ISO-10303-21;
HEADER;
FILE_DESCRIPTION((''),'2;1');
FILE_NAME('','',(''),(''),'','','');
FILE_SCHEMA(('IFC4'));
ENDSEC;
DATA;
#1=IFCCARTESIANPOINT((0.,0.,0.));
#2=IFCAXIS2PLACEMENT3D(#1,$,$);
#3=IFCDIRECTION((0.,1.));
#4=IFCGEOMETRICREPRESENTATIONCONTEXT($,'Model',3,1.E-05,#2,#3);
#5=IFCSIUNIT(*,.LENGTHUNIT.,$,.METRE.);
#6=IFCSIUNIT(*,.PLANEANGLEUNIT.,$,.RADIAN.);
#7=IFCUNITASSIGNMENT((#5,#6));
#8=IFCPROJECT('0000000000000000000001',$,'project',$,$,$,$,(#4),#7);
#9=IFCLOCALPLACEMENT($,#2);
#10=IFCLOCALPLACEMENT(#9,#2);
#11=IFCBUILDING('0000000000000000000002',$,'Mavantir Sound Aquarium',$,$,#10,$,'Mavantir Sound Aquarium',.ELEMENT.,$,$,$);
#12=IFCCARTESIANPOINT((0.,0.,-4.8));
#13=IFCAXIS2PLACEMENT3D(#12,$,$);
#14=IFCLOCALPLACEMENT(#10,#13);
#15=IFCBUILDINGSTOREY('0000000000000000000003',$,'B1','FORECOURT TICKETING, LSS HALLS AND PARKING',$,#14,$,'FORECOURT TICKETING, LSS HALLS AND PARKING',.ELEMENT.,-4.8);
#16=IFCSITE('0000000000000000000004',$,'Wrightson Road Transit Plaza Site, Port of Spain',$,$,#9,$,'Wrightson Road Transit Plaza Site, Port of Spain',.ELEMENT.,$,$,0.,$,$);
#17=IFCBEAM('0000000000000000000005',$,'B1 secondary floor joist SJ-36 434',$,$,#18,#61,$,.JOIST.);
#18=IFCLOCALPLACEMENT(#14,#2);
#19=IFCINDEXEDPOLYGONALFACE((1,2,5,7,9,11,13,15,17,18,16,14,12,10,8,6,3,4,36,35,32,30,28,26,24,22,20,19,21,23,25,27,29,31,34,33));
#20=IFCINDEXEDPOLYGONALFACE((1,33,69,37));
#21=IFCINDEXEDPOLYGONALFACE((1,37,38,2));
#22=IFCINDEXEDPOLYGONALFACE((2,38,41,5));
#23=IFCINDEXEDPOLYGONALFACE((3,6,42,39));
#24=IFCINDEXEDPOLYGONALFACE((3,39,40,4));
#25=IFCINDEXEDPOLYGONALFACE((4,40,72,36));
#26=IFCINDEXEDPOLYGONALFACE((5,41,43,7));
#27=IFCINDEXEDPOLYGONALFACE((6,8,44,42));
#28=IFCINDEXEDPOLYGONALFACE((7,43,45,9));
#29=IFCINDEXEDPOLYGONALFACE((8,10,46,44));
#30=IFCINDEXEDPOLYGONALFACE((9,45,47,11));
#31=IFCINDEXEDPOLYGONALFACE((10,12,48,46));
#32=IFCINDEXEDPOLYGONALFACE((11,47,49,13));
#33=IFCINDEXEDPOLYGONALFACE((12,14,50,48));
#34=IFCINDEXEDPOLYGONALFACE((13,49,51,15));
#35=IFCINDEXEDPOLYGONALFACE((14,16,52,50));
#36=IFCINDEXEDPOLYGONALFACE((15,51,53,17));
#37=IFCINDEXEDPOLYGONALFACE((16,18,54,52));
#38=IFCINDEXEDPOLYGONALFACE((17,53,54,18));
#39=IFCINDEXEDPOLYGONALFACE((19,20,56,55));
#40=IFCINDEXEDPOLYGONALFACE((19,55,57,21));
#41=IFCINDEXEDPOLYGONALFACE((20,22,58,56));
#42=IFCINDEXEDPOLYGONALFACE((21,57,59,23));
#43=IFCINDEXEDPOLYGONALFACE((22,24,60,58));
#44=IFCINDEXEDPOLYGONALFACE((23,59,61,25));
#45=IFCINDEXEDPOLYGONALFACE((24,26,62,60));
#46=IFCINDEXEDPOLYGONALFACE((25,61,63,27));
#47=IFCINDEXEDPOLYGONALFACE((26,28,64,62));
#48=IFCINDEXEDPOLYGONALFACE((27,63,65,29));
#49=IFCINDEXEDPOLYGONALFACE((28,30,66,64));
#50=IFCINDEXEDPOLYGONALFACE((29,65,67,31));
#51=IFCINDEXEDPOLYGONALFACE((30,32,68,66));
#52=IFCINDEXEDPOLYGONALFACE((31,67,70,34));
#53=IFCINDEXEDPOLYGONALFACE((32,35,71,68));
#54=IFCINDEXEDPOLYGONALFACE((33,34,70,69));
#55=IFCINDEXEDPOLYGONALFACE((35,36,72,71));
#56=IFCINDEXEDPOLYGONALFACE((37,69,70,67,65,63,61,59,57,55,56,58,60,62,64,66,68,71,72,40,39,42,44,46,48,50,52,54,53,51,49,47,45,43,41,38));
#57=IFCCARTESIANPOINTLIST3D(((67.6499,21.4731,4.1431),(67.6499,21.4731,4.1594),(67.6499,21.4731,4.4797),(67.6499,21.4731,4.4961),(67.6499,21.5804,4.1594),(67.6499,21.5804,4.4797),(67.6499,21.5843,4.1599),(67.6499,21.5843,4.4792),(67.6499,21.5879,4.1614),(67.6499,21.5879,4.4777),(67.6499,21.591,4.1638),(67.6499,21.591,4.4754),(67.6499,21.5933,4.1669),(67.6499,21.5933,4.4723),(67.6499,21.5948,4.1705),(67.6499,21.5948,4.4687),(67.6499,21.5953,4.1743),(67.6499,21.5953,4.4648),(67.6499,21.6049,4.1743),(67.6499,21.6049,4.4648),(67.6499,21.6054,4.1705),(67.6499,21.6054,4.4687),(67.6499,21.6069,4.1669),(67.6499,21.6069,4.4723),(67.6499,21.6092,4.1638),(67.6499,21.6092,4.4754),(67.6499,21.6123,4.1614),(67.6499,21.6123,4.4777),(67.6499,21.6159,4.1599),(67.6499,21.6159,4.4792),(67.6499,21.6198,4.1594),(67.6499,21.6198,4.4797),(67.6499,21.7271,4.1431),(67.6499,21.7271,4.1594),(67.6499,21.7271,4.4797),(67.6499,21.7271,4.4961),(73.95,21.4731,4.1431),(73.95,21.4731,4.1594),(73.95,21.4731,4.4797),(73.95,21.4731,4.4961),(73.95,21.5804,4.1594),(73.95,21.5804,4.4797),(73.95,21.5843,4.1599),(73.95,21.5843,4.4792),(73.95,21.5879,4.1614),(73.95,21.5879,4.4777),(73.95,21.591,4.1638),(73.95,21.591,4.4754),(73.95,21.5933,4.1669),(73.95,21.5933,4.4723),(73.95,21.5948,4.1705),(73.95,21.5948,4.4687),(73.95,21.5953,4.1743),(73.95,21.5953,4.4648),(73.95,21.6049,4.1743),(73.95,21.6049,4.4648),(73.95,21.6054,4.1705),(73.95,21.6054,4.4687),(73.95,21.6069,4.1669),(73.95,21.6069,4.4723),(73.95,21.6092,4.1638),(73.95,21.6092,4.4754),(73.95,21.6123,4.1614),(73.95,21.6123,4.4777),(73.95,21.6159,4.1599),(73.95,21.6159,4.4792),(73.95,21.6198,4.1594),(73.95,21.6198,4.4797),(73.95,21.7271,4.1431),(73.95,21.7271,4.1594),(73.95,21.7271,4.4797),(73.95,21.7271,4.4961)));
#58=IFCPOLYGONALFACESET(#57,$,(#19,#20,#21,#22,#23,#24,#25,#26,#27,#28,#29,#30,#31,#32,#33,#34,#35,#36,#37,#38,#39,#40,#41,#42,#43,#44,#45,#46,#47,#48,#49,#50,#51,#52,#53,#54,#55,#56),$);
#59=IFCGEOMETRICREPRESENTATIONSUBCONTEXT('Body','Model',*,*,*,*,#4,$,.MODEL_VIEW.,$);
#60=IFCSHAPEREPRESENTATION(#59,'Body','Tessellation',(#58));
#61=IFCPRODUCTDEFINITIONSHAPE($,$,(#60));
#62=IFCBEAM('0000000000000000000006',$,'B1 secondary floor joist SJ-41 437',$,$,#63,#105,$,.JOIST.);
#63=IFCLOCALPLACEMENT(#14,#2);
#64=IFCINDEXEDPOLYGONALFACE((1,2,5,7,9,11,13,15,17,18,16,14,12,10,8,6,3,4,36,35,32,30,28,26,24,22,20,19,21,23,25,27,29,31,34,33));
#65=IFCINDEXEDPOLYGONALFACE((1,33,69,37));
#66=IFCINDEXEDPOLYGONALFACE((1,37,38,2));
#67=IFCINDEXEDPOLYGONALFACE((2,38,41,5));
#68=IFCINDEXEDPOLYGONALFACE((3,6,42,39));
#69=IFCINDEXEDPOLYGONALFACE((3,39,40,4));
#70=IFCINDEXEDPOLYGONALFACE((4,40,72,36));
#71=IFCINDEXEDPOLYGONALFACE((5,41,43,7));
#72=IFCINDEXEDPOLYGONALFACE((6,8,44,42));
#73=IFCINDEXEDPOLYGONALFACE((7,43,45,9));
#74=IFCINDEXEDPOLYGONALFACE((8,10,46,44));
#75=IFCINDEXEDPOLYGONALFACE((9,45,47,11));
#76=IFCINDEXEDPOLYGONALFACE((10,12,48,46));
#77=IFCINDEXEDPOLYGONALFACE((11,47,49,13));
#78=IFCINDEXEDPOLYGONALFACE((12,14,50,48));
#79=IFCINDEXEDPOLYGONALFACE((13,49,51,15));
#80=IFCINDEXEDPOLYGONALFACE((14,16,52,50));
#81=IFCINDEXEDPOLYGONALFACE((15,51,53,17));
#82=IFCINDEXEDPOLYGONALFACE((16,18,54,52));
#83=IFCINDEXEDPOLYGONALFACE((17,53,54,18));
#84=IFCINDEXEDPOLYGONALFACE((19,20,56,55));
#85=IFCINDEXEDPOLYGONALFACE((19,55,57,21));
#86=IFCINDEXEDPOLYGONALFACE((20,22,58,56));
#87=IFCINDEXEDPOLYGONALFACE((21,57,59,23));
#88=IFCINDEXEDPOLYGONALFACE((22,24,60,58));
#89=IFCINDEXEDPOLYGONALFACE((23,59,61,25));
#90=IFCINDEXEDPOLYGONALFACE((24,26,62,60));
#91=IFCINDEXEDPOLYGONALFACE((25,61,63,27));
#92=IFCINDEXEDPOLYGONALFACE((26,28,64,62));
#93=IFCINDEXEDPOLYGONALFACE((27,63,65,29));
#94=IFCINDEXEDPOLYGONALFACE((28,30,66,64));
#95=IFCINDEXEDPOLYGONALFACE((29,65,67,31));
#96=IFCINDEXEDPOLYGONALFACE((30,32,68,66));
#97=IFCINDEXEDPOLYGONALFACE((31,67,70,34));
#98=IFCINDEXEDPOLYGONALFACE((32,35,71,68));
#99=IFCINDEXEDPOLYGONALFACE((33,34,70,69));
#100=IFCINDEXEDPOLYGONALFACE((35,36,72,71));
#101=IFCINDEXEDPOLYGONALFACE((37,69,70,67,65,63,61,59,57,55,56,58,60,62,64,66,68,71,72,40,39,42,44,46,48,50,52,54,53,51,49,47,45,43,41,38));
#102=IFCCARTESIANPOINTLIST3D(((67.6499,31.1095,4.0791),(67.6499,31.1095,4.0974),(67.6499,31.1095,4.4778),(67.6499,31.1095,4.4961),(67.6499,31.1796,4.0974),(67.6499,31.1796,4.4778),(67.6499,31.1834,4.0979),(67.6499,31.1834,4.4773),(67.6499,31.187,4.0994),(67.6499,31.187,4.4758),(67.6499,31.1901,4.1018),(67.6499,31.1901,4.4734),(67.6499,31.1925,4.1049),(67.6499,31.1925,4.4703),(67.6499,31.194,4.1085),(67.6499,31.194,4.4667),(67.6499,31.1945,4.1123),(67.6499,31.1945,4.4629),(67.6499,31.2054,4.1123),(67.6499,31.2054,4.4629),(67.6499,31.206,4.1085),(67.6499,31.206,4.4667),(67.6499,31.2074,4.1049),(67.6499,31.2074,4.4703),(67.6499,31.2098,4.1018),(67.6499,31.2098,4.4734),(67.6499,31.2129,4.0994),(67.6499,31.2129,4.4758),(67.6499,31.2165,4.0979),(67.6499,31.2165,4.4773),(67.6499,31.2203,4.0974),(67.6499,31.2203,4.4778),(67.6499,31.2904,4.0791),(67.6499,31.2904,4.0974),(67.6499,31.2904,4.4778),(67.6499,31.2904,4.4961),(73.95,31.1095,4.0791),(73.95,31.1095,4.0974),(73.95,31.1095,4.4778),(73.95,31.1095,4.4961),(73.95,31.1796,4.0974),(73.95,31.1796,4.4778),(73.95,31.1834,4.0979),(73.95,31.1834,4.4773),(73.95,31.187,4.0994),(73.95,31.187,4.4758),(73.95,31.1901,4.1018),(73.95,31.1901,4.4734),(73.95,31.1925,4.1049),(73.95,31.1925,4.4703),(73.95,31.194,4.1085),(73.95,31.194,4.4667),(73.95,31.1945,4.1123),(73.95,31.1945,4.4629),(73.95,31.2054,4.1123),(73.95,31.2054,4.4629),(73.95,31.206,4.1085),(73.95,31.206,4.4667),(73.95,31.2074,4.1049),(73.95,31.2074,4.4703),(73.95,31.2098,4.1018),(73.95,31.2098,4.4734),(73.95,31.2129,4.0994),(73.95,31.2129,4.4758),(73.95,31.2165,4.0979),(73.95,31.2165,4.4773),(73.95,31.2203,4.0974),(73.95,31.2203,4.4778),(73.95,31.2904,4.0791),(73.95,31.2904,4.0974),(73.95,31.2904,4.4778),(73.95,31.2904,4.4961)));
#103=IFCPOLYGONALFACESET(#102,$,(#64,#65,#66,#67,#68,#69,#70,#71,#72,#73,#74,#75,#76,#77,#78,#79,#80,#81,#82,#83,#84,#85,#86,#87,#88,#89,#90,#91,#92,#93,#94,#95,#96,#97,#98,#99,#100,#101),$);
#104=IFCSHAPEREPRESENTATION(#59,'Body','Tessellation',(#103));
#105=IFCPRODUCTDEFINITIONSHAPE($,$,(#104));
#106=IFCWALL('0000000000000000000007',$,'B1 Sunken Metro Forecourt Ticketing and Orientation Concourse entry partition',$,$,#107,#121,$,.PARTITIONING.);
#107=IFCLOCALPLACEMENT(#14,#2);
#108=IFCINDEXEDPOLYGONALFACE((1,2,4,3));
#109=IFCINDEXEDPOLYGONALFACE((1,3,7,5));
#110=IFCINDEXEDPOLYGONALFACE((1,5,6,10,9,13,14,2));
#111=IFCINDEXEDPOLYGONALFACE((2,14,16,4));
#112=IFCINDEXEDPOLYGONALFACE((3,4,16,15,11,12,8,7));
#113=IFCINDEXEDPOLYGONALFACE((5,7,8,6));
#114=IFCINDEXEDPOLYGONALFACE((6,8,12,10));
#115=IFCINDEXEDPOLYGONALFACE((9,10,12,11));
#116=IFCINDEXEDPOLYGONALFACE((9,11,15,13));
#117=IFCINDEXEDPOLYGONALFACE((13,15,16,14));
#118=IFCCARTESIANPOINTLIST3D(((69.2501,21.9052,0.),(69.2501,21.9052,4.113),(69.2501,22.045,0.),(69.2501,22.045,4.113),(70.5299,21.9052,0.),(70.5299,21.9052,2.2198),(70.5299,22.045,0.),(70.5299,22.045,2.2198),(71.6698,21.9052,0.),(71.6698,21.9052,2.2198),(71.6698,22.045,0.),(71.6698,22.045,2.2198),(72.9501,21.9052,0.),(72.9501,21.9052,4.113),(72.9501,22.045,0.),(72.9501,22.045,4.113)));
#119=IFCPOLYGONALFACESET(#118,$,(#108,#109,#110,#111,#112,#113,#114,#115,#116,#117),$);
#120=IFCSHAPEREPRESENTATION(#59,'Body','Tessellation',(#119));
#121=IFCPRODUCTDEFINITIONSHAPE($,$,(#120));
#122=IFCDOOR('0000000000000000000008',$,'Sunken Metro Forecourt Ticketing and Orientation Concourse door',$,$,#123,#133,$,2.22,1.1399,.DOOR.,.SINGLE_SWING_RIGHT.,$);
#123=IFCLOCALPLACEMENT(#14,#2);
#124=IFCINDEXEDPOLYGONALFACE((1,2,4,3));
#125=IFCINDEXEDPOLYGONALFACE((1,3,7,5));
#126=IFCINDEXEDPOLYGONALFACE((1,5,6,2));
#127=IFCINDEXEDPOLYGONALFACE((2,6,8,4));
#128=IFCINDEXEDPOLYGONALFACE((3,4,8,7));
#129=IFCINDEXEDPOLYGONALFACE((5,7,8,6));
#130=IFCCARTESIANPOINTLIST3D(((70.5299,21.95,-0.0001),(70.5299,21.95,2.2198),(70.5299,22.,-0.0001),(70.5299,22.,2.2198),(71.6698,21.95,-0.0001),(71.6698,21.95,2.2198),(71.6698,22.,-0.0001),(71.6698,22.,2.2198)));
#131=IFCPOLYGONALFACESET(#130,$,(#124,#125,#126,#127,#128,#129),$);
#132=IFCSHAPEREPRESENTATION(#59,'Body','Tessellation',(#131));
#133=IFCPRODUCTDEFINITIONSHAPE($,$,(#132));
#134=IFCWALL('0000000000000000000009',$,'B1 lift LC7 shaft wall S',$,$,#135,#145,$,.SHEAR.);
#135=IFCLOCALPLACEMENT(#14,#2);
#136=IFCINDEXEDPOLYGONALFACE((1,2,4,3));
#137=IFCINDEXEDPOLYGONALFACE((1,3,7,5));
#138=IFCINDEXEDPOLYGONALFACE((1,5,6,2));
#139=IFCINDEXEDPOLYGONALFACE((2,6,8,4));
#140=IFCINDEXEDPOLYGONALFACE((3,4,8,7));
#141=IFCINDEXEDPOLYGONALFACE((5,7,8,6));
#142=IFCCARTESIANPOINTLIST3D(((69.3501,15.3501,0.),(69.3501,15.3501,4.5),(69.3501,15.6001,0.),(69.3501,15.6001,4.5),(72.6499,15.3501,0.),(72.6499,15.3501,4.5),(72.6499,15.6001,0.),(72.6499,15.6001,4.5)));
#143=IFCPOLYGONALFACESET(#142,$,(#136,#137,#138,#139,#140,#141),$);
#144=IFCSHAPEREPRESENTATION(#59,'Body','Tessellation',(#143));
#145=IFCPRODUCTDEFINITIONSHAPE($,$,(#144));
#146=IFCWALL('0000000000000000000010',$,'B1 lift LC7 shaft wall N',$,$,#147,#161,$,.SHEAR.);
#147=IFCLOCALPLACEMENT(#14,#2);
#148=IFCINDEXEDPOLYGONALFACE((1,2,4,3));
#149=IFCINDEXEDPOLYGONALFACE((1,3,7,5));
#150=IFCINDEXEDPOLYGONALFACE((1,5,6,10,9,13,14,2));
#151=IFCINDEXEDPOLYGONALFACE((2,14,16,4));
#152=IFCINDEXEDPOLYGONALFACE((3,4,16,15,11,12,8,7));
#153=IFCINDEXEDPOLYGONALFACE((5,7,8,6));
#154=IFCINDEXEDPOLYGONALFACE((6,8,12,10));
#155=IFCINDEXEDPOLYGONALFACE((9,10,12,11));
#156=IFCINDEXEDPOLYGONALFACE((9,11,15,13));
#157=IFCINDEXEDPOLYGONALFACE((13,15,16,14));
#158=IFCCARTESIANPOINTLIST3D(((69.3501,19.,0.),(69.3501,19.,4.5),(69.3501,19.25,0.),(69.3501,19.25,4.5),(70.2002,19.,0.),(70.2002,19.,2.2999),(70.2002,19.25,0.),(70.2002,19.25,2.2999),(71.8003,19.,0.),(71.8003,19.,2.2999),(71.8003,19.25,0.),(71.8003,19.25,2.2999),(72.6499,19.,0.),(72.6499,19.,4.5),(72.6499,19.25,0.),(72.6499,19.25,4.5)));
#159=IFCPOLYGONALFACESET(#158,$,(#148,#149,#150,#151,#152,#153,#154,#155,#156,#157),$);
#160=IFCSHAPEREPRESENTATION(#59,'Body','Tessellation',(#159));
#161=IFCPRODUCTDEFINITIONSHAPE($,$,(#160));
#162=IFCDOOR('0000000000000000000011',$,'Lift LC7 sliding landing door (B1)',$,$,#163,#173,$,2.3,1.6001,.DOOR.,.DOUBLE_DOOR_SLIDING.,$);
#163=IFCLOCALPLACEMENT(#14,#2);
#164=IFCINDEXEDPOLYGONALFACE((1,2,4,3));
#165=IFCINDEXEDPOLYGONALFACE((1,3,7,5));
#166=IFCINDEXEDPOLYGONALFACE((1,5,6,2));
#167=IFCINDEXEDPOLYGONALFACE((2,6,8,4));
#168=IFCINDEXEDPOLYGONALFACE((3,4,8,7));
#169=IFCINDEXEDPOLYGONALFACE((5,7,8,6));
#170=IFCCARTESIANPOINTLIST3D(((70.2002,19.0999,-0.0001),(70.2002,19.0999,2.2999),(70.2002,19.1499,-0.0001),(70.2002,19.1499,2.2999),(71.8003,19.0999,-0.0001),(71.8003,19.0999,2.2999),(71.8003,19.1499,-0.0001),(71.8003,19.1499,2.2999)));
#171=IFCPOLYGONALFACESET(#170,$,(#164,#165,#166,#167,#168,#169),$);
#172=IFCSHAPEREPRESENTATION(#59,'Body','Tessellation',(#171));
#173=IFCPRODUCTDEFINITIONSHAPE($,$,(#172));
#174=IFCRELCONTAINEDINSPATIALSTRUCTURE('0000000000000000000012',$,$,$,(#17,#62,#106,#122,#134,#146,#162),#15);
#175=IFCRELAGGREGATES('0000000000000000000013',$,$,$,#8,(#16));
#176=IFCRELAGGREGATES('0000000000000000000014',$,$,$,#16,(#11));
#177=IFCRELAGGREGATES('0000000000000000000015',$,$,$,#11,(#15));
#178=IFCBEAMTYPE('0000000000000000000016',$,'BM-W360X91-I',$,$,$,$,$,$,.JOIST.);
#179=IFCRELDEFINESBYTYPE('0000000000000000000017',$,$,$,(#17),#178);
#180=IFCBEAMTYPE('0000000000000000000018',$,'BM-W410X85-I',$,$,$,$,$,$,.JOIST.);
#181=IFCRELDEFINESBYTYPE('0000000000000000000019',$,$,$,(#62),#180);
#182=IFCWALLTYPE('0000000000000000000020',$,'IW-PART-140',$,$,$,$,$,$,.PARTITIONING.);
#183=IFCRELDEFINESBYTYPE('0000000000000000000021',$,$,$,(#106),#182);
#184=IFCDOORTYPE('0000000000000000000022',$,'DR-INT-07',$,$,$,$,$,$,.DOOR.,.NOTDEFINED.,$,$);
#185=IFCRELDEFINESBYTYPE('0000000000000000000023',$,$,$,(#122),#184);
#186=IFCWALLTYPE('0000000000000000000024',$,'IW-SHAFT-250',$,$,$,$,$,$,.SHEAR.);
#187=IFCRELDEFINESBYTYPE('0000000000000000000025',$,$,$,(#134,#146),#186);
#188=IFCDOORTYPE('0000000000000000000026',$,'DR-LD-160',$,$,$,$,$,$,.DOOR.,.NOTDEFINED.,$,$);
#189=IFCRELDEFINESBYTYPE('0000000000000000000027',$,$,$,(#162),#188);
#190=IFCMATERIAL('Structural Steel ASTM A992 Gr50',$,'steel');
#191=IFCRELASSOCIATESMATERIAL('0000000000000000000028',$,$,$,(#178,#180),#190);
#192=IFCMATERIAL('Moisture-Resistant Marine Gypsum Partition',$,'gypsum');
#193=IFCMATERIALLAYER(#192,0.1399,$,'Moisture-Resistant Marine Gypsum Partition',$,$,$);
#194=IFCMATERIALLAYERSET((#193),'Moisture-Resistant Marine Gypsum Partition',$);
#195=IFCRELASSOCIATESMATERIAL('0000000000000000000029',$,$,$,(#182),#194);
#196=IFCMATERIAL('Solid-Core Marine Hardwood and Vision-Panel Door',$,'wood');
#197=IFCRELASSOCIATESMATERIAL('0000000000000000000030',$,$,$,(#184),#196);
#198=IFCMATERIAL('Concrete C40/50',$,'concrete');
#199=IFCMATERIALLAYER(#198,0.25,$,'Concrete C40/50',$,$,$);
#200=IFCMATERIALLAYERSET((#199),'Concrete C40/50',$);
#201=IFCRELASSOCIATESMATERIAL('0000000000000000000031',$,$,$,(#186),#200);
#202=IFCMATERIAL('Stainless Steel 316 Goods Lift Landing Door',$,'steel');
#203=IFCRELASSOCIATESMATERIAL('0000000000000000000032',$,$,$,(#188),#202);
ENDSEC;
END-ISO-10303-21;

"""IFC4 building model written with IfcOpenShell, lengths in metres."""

from ifc_helpers import new_model, si_unit, direction, frame, frame_2d, origin, origin_2d, place, context, subcontext, project, spatial, rectangle, i_section, extrude, material, layer, layer_set, material_profile, profile_set, type_object, element, fill, save


model = new_model("IFC4")

# Units and contexts
model_context = context("Model", 3, precision=1e-05, world=origin(), true_north=direction((0.0, 1.0)))
body_context = subcontext(model_context, "Body", "Model", "MODEL_VIEW")
ifc_project = project(units=[si_unit("LENGTHUNIT", "METRE"), si_unit("PLANEANGLEUNIT", "RADIAN")], contexts=[model_context])

# Site, building, storey
site_placement = place(None, origin())
site = spatial("IfcSite", under=ifc_project, at=site_placement, Name="Wrightson Road Transit Plaza Site, Port of Spain", LongName="Wrightson Road Transit Plaza Site, Port of Spain", CompositionType="ELEMENT", RefElevation=0.0)
building_placement = place(site_placement, origin())
building = spatial("IfcBuilding", under=site, at=building_placement, Name="Mavantir Sound Aquarium", LongName="Mavantir Sound Aquarium", CompositionType="ELEMENT")
storey_placement = place(building_placement, frame((0.0, 0.0, -4.8)))
storey = spatial("IfcBuildingStorey", under=building, at=storey_placement, Name="B1", Description="FORECOURT TICKETING, LSS HALLS AND PARKING", LongName="FORECOURT TICKETING, LSS HALLS AND PARKING", CompositionType="ELEMENT", Elevation=-4.8)

# Shared definitions
ifc_material_1 = material(Name="Concrete C40/50", Category="concrete")

# Beams
ifc_material_2 = material(Name="Structural Steel ASTM A992 Gr50", Category="steel")
ifc_material_profile_1 = material_profile(ifc_material_2, i_section(OverallWidth=0.2539, OverallDepth=0.353, WebThickness=0.0095, FlangeThickness=0.0164, FilletRadius=0.0149, at=origin_2d()), Name="W360X91")
ifc_profile_set_1 = profile_set([ifc_material_profile_1], Name="Structural Steel ASTM A992 Gr50")
beam_type_1 = type_object("IfcBeamType", Name="BM-W360X91-I", PredefinedType="JOIST", material=ifc_profile_set_1)
beam_1_placement = place(storey_placement, frame((67.6499, 21.6001, 4.3196), z_axis=(1.0, 0.0, 0.0), x_axis=(0.0, 1.0, 0.0)))
element("IfcBeam", 1, at=beam_1_placement, inside=storey, type_object=beam_type_1, Name="B1 secondary floor joist SJ-36 434", PredefinedType="JOIST", context=body_context, shape_type="SweptSolid", body=[
    extrude(i_section(OverallWidth=0.2539, OverallDepth=0.353, WebThickness=0.0095, FlangeThickness=0.0164, FilletRadius=0.0149, at=origin_2d()), origin(), (0.0, 0.0, 1.0), 6.3),
])
ifc_material_profile_2 = material_profile(ifc_material_2, i_section(OverallWidth=0.1809, OverallDepth=0.417, WebThickness=0.011, FlangeThickness=0.0183, FilletRadius=0.0149, at=origin_2d()), Name="W410X85")
ifc_profile_set_2 = profile_set([ifc_material_profile_2], Name="Structural Steel ASTM A992 Gr50")
beam_type_2 = type_object("IfcBeamType", Name="BM-W410X85-I", PredefinedType="JOIST", material=ifc_profile_set_2)
beam_2_placement = place(storey_placement, frame((67.6499, 31.2, 4.2876), z_axis=(1.0, 0.0, 0.0), x_axis=(0.0, 1.0, 0.0)))
element("IfcBeam", 2, at=beam_2_placement, inside=storey, type_object=beam_type_2, Name="B1 secondary floor joist SJ-41 437", PredefinedType="JOIST", context=body_context, shape_type="SweptSolid", body=[
    extrude(i_section(OverallWidth=0.1809, OverallDepth=0.417, WebThickness=0.011, FlangeThickness=0.0183, FilletRadius=0.0149, at=origin_2d()), origin(), (0.0, 0.0, 1.0), 6.3),
])

# Wall, opening, door
ifc_material_3 = material(Name="Moisture-Resistant Marine Gypsum Partition", Category="gypsum")
ifc_layer_1 = layer(ifc_material_3, 0.1399, Name="Moisture-Resistant Marine Gypsum Partition")
ifc_layer_set_1 = layer_set([ifc_layer_1], Name="Moisture-Resistant Marine Gypsum Partition")
wall_type_1 = type_object("IfcWallType", Name="IW-PART-140", PredefinedType="PARTITIONING", material=ifc_layer_set_1)
wall_1_placement = place(storey_placement, frame((69.25, 21.9751, 0.0), z_axis=(0.0, 0.0, 1.0), x_axis=(1.0, 0.0, 0.0)))
wall_1 = element("IfcWall", 3, at=wall_1_placement, inside=storey, type_object=wall_type_1, Name="B1 Sunken Metro Forecourt Ticketing and Orientation Concourse entry partition", PredefinedType="PARTITIONING", context=body_context, shape_type="SweptSolid", body=[
    extrude(rectangle(XDim=3.7, YDim=0.1399, at=frame_2d((1.8501, 0.0))), origin(), (0.0, 0.0, 1.0), 4.113),
])
opening_1_placement = place(wall_1_placement, frame((1.28, 0.0, 0.0)))
opening_1 = element("IfcOpeningElement", 4, at=opening_1_placement, cuts=wall_1, PredefinedType="OPENING", context=body_context, shape_type="SweptSolid", body=[
    extrude(rectangle(XDim=1.1399, YDim=2.22, at=frame_2d((0.5698, 1.1099))), frame((0.0, 0.0801, 0.0), z_axis=(0.0, -1.0, 0.0), x_axis=(1.0, 0.0, 0.0)), (0.0, 0.0, 1.0), 0.1599),
])
ifc_material_4 = material(Name="Solid-Core Marine Hardwood and Vision-Panel Door", Category="wood")
door_type_1 = type_object("IfcDoorType", Name="DR-INT-07", OperationType="NOTDEFINED", PredefinedType="DOOR", material=ifc_material_4)
door_1_placement = place(opening_1_placement, origin())
door_1 = element("IfcDoor", 5, at=door_1_placement, inside=storey, type_object=door_type_1, Name="Sunken Metro Forecourt Ticketing and Orientation Concourse door", OperationType="SINGLE_SWING_RIGHT", OverallHeight=2.22, OverallWidth=1.1399, PredefinedType="DOOR", context=body_context, shape_type="SweptSolid", body=[
    extrude(rectangle(XDim=1.1399, YDim=2.22, at=frame_2d((0.5698, 1.1099))), frame((0.0, 0.0249, 0.0), z_axis=(0.0, -1.0, 0.0), x_axis=(1.0, 0.0, 0.0)), (0.0, 0.0, 1.0), 0.05),
])
fill(opening_1, door_1)

# Wall
ifc_layer_2 = layer(ifc_material_1, 0.25, Name="Concrete C40/50")
ifc_layer_set_2 = layer_set([ifc_layer_2], Name="Concrete C40/50")
wall_type_2 = type_object("IfcWallType", Name="IW-SHAFT-250", PredefinedType="SHEAR", material=ifc_layer_set_2)
wall_2_placement = place(storey_placement, frame((69.3501, 15.4751, 0.0), z_axis=(0.0, 0.0, 1.0), x_axis=(1.0, 0.0, 0.0)))
element("IfcWall", 6, at=wall_2_placement, inside=storey, type_object=wall_type_2, Name="B1 lift LC7 shaft wall S", PredefinedType="SHEAR", context=body_context, shape_type="SweptSolid", body=[
    extrude(rectangle(XDim=3.2998, YDim=0.25, at=frame_2d((1.6499, 0.0))), origin(), (0.0, 0.0, 1.0), 4.5),
])

# Wall, opening, door
wall_3_placement = place(storey_placement, frame((69.3501, 19.125, 0.0), z_axis=(0.0, 0.0, 1.0), x_axis=(1.0, 0.0, 0.0)))
wall_3 = element("IfcWall", 7, at=wall_3_placement, inside=storey, type_object=wall_type_2, Name="B1 lift LC7 shaft wall N", PredefinedType="SHEAR", context=body_context, shape_type="SweptSolid", body=[
    extrude(rectangle(XDim=3.2998, YDim=0.25, at=frame_2d((1.6499, 0.0))), origin(), (0.0, 0.0, 1.0), 4.5),
])
opening_2_placement = place(wall_3_placement, frame((0.8501, 0.0, 0.0)))
opening_2 = element("IfcOpeningElement", 8, at=opening_2_placement, cuts=wall_3, PredefinedType="OPENING", context=body_context, shape_type="SweptSolid", body=[
    extrude(rectangle(XDim=1.6001, YDim=2.3, at=frame_2d((0.8, 1.1499))), frame((0.0, 0.135, 0.0), z_axis=(0.0, -1.0, 0.0), x_axis=(1.0, 0.0, 0.0)), (0.0, 0.0, 1.0), 0.27),
])
ifc_material_5 = material(Name="Stainless Steel 316 Goods Lift Landing Door", Category="steel")
door_type_2 = type_object("IfcDoorType", Name="DR-LD-160", OperationType="NOTDEFINED", PredefinedType="DOOR", material=ifc_material_5)
door_2_placement = place(opening_2_placement, origin())
door_2 = element("IfcDoor", 9, at=door_2_placement, inside=storey, type_object=door_type_2, Name="Lift LC7 sliding landing door (B1)", OperationType="DOUBLE_DOOR_SLIDING", OverallHeight=2.3, OverallWidth=1.6001, PredefinedType="DOOR", context=body_context, shape_type="SweptSolid", body=[
    extrude(rectangle(XDim=1.6001, YDim=2.3, at=frame_2d((0.8, 1.1499))), frame((0.0, 0.0249, 0.0), z_axis=(0.0, -1.0, 0.0), x_axis=(1.0, 0.0, 0.0)), (0.0, 0.0, 1.0), 0.05),
])
fill(opening_2, door_2)

save(model, "model.ifc")
